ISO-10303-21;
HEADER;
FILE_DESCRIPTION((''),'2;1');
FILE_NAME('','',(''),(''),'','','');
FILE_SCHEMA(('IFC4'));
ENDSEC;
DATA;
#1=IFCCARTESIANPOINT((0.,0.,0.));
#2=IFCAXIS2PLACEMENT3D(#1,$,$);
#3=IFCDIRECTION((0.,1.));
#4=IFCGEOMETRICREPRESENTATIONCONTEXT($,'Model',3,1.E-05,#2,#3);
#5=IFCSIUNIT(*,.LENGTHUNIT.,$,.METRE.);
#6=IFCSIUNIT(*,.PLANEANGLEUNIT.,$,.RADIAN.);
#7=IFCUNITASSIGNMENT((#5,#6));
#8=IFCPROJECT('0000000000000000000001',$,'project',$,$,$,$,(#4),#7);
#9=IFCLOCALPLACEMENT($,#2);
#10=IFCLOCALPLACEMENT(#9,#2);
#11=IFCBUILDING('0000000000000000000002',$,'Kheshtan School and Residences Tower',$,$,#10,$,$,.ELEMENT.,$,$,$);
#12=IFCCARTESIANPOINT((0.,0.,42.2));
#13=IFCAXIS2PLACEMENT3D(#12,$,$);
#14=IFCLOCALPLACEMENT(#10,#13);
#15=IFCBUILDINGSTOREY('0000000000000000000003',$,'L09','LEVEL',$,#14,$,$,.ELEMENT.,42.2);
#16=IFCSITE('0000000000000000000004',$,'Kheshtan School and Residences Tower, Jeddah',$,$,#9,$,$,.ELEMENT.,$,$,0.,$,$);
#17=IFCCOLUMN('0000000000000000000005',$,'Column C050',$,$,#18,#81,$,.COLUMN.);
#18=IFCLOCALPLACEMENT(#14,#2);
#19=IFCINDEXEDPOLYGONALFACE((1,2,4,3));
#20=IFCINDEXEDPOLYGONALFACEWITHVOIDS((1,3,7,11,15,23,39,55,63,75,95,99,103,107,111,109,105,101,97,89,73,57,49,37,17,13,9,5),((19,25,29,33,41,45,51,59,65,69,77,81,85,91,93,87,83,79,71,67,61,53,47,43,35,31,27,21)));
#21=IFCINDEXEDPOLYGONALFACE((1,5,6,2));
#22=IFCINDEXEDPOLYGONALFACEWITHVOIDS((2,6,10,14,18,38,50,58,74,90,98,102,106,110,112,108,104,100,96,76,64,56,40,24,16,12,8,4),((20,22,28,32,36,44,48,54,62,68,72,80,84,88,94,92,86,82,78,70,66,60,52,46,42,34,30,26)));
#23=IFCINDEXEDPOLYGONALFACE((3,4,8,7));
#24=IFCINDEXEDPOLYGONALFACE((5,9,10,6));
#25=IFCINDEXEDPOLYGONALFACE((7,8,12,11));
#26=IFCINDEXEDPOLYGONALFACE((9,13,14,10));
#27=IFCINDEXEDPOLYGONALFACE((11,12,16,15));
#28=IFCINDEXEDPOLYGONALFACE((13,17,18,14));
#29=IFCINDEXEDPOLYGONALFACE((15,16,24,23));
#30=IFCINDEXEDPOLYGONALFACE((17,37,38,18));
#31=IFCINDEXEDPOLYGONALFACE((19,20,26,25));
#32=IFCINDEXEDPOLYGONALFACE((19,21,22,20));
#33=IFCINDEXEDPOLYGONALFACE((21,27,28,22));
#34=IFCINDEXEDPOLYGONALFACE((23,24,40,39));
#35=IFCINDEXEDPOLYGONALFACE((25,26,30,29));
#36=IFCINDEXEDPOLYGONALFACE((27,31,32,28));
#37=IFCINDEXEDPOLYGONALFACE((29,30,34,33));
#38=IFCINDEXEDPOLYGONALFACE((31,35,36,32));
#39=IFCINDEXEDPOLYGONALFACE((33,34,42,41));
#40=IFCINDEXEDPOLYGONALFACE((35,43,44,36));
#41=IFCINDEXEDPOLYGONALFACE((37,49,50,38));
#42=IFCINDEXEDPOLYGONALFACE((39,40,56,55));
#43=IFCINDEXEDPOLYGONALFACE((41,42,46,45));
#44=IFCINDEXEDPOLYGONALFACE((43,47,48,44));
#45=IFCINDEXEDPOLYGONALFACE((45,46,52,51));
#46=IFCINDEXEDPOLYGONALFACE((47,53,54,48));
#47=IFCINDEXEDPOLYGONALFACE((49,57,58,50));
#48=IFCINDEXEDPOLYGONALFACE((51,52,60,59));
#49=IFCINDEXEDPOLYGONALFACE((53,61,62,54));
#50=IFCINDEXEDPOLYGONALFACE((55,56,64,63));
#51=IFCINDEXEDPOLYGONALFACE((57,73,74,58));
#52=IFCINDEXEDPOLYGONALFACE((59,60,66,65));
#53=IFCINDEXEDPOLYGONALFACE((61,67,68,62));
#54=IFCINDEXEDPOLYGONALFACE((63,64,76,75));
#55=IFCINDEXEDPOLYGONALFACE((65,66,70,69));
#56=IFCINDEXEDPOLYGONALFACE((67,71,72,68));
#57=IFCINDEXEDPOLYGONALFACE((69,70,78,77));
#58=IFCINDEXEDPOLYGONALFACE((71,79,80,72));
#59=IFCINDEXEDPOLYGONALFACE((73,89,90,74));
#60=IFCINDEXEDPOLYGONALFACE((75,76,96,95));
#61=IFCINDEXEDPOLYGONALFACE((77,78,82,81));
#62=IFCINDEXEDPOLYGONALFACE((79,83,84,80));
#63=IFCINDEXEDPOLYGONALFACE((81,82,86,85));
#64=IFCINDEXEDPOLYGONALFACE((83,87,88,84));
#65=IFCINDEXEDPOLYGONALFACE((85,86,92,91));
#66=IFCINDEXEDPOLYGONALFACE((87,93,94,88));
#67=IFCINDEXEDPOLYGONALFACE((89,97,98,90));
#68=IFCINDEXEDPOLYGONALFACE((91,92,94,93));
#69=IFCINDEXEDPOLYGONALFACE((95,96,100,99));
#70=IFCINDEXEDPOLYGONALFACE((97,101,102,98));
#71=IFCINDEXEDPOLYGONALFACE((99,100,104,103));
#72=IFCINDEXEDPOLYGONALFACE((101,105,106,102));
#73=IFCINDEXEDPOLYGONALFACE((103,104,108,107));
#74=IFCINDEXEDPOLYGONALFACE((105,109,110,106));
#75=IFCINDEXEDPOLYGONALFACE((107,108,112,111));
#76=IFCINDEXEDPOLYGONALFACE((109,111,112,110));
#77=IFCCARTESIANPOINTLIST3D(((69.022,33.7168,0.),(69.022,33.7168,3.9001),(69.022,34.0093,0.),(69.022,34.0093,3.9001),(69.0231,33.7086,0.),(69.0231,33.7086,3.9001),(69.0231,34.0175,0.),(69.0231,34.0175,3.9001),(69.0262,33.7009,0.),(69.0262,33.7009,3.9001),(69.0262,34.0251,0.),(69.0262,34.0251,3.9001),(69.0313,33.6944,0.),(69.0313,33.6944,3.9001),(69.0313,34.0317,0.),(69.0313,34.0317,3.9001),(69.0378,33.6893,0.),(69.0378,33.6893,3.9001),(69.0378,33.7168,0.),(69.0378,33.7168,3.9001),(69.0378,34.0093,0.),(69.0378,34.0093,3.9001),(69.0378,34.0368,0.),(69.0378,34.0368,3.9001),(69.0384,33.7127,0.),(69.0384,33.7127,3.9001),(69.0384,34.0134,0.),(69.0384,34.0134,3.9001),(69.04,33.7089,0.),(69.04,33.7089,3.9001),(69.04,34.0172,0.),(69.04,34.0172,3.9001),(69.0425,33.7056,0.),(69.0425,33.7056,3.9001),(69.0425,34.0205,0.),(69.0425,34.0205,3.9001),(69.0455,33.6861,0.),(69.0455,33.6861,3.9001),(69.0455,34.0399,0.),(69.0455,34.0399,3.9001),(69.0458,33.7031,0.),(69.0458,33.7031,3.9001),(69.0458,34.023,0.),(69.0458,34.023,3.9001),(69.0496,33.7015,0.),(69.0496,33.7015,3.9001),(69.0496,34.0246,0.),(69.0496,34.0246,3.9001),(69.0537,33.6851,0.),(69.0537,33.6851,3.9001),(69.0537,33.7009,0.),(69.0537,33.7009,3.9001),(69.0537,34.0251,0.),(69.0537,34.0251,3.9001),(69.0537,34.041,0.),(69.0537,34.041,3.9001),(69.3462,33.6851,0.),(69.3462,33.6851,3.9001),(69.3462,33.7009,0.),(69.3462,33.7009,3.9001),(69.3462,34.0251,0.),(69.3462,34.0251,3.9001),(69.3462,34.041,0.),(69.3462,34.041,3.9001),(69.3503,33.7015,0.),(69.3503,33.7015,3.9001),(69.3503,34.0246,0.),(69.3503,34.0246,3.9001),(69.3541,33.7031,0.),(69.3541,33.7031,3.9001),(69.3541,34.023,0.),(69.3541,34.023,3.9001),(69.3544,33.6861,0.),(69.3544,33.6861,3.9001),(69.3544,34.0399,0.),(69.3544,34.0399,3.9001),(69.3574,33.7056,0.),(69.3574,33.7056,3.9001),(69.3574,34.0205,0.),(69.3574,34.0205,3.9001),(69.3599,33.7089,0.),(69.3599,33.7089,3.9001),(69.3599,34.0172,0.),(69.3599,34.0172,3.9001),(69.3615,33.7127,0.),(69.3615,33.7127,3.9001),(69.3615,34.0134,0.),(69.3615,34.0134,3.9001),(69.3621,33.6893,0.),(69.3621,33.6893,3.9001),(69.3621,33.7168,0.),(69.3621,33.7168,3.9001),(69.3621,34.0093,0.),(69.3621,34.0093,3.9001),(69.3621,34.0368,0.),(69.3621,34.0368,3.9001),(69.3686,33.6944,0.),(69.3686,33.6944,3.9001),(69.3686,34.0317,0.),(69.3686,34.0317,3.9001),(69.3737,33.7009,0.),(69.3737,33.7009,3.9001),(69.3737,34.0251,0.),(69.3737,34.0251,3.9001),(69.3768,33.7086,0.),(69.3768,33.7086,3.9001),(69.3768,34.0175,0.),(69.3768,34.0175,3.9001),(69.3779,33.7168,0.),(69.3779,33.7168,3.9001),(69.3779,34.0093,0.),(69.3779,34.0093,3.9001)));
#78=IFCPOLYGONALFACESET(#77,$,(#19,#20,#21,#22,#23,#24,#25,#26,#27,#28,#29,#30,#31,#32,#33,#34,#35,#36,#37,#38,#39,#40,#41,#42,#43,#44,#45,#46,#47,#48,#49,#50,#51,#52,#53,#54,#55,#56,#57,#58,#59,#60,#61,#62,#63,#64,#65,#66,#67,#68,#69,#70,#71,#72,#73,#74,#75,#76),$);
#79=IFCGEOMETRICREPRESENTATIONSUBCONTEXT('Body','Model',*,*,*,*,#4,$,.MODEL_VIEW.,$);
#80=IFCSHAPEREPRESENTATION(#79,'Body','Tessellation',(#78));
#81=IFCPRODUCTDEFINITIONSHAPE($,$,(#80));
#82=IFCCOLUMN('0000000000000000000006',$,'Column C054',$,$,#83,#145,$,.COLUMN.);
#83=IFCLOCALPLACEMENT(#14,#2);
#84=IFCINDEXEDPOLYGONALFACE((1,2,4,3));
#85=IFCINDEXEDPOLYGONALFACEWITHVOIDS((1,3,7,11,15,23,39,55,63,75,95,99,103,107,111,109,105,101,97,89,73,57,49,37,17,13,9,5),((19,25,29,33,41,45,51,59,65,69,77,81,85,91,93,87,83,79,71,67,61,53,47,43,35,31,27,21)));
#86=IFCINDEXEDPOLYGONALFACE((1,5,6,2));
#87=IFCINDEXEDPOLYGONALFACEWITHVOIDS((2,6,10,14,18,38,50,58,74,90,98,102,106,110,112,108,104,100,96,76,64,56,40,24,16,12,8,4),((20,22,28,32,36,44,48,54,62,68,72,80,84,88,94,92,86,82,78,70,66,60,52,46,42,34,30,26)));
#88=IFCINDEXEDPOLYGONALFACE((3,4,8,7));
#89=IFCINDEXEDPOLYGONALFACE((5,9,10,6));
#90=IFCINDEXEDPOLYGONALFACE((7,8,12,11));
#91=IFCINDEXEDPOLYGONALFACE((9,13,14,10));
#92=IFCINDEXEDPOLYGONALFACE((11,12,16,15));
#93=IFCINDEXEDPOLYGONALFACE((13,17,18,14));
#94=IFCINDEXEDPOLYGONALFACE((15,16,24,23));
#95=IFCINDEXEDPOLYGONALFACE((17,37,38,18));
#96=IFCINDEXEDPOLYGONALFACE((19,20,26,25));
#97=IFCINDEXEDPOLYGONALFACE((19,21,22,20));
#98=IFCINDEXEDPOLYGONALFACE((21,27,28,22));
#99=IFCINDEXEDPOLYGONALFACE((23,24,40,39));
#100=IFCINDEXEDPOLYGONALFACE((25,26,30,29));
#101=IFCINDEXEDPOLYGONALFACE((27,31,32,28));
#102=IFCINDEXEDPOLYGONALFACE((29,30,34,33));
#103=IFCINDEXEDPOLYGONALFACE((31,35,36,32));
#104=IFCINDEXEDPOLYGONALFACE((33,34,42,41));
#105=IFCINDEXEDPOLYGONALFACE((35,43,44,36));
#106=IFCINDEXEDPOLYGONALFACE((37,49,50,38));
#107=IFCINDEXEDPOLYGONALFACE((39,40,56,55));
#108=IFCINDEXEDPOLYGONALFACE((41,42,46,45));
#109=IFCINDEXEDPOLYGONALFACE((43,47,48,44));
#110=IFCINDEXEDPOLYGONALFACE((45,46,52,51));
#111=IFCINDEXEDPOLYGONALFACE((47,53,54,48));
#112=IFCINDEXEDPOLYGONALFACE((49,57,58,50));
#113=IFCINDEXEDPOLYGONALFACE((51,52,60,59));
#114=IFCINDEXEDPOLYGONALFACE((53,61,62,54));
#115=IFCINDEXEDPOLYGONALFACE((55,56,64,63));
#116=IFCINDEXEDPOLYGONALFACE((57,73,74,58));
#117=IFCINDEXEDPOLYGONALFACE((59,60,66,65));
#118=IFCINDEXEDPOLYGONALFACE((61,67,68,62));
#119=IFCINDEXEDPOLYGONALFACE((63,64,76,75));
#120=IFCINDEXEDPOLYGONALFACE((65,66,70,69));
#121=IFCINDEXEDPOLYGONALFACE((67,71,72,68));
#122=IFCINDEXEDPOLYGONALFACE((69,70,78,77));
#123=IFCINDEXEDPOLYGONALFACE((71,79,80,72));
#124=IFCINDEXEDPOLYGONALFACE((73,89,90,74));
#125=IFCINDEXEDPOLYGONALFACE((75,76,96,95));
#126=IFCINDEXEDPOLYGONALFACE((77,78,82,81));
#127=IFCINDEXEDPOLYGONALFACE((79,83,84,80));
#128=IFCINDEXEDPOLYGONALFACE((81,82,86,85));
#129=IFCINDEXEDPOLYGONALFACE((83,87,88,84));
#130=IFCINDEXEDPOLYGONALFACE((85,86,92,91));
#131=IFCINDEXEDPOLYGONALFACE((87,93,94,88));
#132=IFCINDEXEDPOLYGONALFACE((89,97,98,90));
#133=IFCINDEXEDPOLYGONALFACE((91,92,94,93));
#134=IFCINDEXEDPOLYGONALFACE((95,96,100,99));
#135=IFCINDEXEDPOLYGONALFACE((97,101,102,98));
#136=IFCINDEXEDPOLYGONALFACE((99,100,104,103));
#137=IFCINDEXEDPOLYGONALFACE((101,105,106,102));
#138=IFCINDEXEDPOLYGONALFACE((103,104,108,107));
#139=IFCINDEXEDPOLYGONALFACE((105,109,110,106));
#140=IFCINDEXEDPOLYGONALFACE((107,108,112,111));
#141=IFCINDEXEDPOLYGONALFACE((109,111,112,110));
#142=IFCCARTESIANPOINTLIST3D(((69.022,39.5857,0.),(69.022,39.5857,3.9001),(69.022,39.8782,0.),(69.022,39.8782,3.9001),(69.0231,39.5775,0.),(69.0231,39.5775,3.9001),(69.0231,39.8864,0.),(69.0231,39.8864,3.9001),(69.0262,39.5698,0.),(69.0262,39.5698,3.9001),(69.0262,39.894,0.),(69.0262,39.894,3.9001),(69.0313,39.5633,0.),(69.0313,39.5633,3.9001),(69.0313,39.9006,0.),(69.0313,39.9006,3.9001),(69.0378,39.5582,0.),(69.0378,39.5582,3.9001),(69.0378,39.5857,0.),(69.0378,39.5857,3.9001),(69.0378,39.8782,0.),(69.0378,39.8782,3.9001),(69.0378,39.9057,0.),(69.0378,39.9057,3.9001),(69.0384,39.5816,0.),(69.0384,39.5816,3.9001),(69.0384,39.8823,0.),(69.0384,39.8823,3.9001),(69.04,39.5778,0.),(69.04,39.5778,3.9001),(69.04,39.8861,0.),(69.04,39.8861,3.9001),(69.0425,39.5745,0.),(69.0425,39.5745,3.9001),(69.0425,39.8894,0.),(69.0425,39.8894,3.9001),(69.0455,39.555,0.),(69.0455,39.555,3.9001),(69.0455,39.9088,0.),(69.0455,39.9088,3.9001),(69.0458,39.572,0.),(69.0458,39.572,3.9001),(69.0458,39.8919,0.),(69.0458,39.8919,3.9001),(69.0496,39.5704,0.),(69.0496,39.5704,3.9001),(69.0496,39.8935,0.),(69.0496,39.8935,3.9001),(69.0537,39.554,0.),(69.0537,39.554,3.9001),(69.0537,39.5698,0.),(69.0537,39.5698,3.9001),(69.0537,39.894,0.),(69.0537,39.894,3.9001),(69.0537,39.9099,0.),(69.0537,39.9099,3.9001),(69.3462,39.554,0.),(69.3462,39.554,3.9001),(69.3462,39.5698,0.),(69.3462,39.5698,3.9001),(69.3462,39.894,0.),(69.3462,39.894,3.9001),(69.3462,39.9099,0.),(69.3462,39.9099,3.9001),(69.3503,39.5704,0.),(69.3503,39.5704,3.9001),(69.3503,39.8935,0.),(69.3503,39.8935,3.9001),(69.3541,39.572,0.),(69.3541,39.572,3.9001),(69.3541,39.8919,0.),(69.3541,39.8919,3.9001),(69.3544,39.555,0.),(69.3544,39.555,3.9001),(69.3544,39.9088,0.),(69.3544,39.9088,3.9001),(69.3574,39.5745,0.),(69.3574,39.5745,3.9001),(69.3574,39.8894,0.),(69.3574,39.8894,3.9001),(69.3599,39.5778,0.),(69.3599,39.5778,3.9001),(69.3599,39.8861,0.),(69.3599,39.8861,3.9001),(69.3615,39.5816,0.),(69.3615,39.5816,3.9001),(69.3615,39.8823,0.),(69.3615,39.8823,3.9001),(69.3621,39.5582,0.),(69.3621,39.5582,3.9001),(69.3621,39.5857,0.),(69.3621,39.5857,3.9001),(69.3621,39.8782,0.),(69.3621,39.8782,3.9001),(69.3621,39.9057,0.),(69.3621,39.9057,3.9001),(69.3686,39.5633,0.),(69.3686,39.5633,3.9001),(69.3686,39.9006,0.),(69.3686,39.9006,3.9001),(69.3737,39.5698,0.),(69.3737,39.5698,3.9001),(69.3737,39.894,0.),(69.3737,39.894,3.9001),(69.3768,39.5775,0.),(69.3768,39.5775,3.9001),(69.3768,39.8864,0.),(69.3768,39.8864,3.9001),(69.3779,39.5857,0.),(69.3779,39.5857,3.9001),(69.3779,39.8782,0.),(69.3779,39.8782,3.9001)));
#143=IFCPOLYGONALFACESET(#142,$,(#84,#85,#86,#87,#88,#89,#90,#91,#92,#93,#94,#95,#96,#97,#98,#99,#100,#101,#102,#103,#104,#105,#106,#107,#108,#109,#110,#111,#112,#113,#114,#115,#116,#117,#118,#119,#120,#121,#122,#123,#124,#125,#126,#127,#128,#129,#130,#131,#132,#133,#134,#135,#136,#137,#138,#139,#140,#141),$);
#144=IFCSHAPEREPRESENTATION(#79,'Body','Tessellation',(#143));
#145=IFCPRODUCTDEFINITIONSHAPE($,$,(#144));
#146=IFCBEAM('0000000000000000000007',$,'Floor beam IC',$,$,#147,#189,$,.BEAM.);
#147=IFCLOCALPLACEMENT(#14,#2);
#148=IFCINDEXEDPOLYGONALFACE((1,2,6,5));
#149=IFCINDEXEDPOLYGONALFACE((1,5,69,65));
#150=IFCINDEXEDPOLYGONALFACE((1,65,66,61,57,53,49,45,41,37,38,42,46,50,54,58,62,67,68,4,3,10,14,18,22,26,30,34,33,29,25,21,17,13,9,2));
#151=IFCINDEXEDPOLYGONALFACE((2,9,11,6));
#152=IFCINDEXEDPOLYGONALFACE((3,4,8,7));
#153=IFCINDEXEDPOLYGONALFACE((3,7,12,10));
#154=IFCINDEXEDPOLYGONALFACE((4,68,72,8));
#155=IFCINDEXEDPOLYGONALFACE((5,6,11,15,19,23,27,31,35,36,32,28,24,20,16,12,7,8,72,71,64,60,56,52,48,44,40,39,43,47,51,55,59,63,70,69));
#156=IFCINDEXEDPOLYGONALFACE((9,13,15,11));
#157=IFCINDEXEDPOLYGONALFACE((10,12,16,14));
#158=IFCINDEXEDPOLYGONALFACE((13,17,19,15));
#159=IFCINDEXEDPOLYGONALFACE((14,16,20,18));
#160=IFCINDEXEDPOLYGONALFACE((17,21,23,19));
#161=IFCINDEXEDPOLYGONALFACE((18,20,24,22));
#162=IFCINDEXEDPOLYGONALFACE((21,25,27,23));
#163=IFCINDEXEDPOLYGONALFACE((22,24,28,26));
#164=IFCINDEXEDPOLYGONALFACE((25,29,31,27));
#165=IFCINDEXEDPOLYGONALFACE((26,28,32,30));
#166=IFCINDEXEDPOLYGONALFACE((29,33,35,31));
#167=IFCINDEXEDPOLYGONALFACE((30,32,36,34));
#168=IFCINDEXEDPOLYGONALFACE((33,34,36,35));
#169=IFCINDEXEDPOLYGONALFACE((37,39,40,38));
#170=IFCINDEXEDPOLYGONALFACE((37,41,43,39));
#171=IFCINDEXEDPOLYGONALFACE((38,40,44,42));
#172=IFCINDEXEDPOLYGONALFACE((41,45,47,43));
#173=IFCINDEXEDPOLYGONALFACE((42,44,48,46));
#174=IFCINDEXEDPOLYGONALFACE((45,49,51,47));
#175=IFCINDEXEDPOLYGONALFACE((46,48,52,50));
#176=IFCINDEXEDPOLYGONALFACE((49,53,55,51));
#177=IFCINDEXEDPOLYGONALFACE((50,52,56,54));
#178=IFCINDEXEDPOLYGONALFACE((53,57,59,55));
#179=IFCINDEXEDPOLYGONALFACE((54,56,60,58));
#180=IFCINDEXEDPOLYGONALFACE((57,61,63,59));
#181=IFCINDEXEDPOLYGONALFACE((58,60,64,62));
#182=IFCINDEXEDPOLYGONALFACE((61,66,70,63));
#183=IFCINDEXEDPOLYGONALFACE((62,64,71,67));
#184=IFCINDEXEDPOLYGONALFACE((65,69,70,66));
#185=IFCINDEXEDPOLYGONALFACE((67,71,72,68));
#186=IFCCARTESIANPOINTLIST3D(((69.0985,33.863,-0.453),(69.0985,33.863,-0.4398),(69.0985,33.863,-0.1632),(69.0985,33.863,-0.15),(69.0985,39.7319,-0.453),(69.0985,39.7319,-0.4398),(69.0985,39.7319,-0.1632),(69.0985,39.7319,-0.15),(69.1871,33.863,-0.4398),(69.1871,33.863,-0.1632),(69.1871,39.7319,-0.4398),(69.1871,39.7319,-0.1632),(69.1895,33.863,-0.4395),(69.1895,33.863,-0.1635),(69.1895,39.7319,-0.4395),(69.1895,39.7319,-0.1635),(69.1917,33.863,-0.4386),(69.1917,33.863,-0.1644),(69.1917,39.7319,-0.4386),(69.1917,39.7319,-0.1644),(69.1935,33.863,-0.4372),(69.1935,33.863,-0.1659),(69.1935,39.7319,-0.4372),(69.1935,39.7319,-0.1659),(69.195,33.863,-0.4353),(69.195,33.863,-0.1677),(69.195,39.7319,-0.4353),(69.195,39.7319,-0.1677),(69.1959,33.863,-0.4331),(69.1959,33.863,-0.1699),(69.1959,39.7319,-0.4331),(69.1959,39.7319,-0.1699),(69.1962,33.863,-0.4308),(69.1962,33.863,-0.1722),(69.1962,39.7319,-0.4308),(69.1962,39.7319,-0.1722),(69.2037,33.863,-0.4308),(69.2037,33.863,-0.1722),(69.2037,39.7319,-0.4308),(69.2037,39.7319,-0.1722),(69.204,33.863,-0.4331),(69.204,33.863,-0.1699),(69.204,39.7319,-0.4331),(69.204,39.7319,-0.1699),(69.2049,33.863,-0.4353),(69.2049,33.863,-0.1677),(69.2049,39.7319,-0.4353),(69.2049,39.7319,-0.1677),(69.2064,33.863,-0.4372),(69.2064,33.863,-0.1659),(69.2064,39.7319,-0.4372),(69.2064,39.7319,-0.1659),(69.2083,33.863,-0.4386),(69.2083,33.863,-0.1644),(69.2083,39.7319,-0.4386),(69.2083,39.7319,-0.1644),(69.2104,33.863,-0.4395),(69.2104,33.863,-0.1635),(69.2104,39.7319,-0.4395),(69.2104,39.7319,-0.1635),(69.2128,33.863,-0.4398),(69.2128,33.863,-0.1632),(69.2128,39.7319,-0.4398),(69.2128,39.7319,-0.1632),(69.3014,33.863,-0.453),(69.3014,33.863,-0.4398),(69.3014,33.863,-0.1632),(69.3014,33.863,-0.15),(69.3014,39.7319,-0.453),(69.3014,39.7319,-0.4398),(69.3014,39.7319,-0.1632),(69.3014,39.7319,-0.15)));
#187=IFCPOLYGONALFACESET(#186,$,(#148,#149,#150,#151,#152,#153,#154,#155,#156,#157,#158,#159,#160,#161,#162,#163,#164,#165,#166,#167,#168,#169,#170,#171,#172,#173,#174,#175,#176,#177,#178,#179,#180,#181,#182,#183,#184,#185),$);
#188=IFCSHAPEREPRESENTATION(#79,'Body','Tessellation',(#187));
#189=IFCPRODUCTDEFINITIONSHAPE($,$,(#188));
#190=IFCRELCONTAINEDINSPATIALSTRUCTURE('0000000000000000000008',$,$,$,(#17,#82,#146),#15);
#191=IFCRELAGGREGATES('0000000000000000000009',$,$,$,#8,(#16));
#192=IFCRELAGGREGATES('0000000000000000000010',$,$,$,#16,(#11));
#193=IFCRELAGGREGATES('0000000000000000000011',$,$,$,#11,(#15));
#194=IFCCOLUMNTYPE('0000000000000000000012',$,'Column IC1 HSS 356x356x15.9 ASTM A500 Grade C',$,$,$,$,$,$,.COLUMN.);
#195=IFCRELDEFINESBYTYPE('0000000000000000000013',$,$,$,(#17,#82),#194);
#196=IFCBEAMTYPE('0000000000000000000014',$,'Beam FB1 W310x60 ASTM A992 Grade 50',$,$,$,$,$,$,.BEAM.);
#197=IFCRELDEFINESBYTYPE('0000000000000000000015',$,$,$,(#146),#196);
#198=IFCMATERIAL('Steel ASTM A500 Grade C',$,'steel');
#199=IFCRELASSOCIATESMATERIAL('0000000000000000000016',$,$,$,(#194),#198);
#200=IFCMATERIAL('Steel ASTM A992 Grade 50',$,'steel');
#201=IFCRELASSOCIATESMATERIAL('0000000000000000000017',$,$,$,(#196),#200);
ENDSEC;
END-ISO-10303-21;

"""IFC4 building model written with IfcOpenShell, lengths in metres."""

from ifc_helpers import new_model, si_unit, direction, frame, origin, origin_2d, place, context, subcontext, project, spatial, hollow_rectangle, i_section, extrude, material, material_profile, profile_set, type_object, element, save


model = new_model("IFC4")

# Units and contexts
model_context = context("Model", 3, precision=1e-05, world=origin(), true_north=direction((0.0, 1.0)))
body_context = subcontext(model_context, "Body", "Model", "MODEL_VIEW")
ifc_project = project(units=[si_unit("LENGTHUNIT", "METRE"), si_unit("PLANEANGLEUNIT", "RADIAN")], contexts=[model_context])

# Site, building, storey
site_placement = place(None, origin())
site = spatial("IfcSite", under=ifc_project, at=site_placement, Name="Kheshtan School and Residences Tower, Jeddah", CompositionType="ELEMENT", RefElevation=0.0)
building_placement = place(site_placement, origin())
building = spatial("IfcBuilding", under=site, at=building_placement, Name="Kheshtan School and Residences Tower", CompositionType="ELEMENT")
storey_placement = place(building_placement, frame((0.0, 0.0, 42.2)))
storey = spatial("IfcBuildingStorey", under=building, at=storey_placement, Name="L09", Description="LEVEL", CompositionType="ELEMENT", Elevation=42.2)

# Columns
ifc_material_1 = material(Name="Steel ASTM A500 Grade C", Category="steel")
ifc_material_profile_1 = material_profile(ifc_material_1, hollow_rectangle(XDim=0.356, YDim=0.356, WallThickness=0.0159, InnerFilletRadius=0.0159, OuterFilletRadius=0.0317, at=origin_2d()), Name="HSS 356x356x15.9")
ifc_profile_set_1 = profile_set([ifc_material_profile_1], Name="Steel ASTM A500 Grade C")
column_type = type_object("IfcColumnType", Name="Column IC1 HSS 356x356x15.9 ASTM A500 Grade C", PredefinedType="COLUMN", material=ifc_profile_set_1)
for number, where, z_axis, x_axis, name in (
    (1, (69.2, 33.863, 0.0), (0.0, 0.0, 1.0), (1.0, 0.0, 0.0), "Column C050"),
    (2, (69.2, 39.7319, 0.0), (0.0, 0.0, 1.0), (1.0, 0.0, 0.0), "Column C054"),
):
    element("IfcColumn", number, at=place(storey_placement, frame(where, z_axis=z_axis, x_axis=x_axis)), inside=storey, type_object=column_type, Name=name, PredefinedType="COLUMN", context=body_context, shape_type="SweptSolid", body=[
        extrude(hollow_rectangle(XDim=0.356, YDim=0.356, WallThickness=0.0159, InnerFilletRadius=0.0159, OuterFilletRadius=0.0317, at=origin_2d()), origin(), (0.0, 0.0, 1.0), 3.9001),
    ])

# Beam
ifc_material_2 = material(Name="Steel ASTM A992 Grade 50", Category="steel")
ifc_material_profile_2 = material_profile(ifc_material_2, i_section(OverallWidth=0.2029, OverallDepth=0.303, WebThickness=0.0076, FlangeThickness=0.0132, FilletRadius=0.009, at=origin_2d()), Name="W310x60")
ifc_profile_set_2 = profile_set([ifc_material_profile_2], Name="Steel ASTM A992 Grade 50")
beam_type = type_object("IfcBeamType", Name="Beam FB1 W310x60 ASTM A992 Grade 50", PredefinedType="BEAM", material=ifc_profile_set_2)
beam_placement = place(storey_placement, frame((69.2, 33.863, -0.3015), z_axis=(0.0, 1.0, 0.0), x_axis=(-1.0, 0.0, 0.0)))
element("IfcBeam", 3, at=beam_placement, inside=storey, type_object=beam_type, Name="Floor beam IC", PredefinedType="BEAM", context=body_context, shape_type="SweptSolid", body=[
    extrude(i_section(OverallWidth=0.2029, OverallDepth=0.303, WebThickness=0.0076, FlangeThickness=0.0132, FilletRadius=0.009, at=origin_2d()), origin(), (0.0, 0.0, 1.0), 5.8689),
])

save(model, "model.ifc")
